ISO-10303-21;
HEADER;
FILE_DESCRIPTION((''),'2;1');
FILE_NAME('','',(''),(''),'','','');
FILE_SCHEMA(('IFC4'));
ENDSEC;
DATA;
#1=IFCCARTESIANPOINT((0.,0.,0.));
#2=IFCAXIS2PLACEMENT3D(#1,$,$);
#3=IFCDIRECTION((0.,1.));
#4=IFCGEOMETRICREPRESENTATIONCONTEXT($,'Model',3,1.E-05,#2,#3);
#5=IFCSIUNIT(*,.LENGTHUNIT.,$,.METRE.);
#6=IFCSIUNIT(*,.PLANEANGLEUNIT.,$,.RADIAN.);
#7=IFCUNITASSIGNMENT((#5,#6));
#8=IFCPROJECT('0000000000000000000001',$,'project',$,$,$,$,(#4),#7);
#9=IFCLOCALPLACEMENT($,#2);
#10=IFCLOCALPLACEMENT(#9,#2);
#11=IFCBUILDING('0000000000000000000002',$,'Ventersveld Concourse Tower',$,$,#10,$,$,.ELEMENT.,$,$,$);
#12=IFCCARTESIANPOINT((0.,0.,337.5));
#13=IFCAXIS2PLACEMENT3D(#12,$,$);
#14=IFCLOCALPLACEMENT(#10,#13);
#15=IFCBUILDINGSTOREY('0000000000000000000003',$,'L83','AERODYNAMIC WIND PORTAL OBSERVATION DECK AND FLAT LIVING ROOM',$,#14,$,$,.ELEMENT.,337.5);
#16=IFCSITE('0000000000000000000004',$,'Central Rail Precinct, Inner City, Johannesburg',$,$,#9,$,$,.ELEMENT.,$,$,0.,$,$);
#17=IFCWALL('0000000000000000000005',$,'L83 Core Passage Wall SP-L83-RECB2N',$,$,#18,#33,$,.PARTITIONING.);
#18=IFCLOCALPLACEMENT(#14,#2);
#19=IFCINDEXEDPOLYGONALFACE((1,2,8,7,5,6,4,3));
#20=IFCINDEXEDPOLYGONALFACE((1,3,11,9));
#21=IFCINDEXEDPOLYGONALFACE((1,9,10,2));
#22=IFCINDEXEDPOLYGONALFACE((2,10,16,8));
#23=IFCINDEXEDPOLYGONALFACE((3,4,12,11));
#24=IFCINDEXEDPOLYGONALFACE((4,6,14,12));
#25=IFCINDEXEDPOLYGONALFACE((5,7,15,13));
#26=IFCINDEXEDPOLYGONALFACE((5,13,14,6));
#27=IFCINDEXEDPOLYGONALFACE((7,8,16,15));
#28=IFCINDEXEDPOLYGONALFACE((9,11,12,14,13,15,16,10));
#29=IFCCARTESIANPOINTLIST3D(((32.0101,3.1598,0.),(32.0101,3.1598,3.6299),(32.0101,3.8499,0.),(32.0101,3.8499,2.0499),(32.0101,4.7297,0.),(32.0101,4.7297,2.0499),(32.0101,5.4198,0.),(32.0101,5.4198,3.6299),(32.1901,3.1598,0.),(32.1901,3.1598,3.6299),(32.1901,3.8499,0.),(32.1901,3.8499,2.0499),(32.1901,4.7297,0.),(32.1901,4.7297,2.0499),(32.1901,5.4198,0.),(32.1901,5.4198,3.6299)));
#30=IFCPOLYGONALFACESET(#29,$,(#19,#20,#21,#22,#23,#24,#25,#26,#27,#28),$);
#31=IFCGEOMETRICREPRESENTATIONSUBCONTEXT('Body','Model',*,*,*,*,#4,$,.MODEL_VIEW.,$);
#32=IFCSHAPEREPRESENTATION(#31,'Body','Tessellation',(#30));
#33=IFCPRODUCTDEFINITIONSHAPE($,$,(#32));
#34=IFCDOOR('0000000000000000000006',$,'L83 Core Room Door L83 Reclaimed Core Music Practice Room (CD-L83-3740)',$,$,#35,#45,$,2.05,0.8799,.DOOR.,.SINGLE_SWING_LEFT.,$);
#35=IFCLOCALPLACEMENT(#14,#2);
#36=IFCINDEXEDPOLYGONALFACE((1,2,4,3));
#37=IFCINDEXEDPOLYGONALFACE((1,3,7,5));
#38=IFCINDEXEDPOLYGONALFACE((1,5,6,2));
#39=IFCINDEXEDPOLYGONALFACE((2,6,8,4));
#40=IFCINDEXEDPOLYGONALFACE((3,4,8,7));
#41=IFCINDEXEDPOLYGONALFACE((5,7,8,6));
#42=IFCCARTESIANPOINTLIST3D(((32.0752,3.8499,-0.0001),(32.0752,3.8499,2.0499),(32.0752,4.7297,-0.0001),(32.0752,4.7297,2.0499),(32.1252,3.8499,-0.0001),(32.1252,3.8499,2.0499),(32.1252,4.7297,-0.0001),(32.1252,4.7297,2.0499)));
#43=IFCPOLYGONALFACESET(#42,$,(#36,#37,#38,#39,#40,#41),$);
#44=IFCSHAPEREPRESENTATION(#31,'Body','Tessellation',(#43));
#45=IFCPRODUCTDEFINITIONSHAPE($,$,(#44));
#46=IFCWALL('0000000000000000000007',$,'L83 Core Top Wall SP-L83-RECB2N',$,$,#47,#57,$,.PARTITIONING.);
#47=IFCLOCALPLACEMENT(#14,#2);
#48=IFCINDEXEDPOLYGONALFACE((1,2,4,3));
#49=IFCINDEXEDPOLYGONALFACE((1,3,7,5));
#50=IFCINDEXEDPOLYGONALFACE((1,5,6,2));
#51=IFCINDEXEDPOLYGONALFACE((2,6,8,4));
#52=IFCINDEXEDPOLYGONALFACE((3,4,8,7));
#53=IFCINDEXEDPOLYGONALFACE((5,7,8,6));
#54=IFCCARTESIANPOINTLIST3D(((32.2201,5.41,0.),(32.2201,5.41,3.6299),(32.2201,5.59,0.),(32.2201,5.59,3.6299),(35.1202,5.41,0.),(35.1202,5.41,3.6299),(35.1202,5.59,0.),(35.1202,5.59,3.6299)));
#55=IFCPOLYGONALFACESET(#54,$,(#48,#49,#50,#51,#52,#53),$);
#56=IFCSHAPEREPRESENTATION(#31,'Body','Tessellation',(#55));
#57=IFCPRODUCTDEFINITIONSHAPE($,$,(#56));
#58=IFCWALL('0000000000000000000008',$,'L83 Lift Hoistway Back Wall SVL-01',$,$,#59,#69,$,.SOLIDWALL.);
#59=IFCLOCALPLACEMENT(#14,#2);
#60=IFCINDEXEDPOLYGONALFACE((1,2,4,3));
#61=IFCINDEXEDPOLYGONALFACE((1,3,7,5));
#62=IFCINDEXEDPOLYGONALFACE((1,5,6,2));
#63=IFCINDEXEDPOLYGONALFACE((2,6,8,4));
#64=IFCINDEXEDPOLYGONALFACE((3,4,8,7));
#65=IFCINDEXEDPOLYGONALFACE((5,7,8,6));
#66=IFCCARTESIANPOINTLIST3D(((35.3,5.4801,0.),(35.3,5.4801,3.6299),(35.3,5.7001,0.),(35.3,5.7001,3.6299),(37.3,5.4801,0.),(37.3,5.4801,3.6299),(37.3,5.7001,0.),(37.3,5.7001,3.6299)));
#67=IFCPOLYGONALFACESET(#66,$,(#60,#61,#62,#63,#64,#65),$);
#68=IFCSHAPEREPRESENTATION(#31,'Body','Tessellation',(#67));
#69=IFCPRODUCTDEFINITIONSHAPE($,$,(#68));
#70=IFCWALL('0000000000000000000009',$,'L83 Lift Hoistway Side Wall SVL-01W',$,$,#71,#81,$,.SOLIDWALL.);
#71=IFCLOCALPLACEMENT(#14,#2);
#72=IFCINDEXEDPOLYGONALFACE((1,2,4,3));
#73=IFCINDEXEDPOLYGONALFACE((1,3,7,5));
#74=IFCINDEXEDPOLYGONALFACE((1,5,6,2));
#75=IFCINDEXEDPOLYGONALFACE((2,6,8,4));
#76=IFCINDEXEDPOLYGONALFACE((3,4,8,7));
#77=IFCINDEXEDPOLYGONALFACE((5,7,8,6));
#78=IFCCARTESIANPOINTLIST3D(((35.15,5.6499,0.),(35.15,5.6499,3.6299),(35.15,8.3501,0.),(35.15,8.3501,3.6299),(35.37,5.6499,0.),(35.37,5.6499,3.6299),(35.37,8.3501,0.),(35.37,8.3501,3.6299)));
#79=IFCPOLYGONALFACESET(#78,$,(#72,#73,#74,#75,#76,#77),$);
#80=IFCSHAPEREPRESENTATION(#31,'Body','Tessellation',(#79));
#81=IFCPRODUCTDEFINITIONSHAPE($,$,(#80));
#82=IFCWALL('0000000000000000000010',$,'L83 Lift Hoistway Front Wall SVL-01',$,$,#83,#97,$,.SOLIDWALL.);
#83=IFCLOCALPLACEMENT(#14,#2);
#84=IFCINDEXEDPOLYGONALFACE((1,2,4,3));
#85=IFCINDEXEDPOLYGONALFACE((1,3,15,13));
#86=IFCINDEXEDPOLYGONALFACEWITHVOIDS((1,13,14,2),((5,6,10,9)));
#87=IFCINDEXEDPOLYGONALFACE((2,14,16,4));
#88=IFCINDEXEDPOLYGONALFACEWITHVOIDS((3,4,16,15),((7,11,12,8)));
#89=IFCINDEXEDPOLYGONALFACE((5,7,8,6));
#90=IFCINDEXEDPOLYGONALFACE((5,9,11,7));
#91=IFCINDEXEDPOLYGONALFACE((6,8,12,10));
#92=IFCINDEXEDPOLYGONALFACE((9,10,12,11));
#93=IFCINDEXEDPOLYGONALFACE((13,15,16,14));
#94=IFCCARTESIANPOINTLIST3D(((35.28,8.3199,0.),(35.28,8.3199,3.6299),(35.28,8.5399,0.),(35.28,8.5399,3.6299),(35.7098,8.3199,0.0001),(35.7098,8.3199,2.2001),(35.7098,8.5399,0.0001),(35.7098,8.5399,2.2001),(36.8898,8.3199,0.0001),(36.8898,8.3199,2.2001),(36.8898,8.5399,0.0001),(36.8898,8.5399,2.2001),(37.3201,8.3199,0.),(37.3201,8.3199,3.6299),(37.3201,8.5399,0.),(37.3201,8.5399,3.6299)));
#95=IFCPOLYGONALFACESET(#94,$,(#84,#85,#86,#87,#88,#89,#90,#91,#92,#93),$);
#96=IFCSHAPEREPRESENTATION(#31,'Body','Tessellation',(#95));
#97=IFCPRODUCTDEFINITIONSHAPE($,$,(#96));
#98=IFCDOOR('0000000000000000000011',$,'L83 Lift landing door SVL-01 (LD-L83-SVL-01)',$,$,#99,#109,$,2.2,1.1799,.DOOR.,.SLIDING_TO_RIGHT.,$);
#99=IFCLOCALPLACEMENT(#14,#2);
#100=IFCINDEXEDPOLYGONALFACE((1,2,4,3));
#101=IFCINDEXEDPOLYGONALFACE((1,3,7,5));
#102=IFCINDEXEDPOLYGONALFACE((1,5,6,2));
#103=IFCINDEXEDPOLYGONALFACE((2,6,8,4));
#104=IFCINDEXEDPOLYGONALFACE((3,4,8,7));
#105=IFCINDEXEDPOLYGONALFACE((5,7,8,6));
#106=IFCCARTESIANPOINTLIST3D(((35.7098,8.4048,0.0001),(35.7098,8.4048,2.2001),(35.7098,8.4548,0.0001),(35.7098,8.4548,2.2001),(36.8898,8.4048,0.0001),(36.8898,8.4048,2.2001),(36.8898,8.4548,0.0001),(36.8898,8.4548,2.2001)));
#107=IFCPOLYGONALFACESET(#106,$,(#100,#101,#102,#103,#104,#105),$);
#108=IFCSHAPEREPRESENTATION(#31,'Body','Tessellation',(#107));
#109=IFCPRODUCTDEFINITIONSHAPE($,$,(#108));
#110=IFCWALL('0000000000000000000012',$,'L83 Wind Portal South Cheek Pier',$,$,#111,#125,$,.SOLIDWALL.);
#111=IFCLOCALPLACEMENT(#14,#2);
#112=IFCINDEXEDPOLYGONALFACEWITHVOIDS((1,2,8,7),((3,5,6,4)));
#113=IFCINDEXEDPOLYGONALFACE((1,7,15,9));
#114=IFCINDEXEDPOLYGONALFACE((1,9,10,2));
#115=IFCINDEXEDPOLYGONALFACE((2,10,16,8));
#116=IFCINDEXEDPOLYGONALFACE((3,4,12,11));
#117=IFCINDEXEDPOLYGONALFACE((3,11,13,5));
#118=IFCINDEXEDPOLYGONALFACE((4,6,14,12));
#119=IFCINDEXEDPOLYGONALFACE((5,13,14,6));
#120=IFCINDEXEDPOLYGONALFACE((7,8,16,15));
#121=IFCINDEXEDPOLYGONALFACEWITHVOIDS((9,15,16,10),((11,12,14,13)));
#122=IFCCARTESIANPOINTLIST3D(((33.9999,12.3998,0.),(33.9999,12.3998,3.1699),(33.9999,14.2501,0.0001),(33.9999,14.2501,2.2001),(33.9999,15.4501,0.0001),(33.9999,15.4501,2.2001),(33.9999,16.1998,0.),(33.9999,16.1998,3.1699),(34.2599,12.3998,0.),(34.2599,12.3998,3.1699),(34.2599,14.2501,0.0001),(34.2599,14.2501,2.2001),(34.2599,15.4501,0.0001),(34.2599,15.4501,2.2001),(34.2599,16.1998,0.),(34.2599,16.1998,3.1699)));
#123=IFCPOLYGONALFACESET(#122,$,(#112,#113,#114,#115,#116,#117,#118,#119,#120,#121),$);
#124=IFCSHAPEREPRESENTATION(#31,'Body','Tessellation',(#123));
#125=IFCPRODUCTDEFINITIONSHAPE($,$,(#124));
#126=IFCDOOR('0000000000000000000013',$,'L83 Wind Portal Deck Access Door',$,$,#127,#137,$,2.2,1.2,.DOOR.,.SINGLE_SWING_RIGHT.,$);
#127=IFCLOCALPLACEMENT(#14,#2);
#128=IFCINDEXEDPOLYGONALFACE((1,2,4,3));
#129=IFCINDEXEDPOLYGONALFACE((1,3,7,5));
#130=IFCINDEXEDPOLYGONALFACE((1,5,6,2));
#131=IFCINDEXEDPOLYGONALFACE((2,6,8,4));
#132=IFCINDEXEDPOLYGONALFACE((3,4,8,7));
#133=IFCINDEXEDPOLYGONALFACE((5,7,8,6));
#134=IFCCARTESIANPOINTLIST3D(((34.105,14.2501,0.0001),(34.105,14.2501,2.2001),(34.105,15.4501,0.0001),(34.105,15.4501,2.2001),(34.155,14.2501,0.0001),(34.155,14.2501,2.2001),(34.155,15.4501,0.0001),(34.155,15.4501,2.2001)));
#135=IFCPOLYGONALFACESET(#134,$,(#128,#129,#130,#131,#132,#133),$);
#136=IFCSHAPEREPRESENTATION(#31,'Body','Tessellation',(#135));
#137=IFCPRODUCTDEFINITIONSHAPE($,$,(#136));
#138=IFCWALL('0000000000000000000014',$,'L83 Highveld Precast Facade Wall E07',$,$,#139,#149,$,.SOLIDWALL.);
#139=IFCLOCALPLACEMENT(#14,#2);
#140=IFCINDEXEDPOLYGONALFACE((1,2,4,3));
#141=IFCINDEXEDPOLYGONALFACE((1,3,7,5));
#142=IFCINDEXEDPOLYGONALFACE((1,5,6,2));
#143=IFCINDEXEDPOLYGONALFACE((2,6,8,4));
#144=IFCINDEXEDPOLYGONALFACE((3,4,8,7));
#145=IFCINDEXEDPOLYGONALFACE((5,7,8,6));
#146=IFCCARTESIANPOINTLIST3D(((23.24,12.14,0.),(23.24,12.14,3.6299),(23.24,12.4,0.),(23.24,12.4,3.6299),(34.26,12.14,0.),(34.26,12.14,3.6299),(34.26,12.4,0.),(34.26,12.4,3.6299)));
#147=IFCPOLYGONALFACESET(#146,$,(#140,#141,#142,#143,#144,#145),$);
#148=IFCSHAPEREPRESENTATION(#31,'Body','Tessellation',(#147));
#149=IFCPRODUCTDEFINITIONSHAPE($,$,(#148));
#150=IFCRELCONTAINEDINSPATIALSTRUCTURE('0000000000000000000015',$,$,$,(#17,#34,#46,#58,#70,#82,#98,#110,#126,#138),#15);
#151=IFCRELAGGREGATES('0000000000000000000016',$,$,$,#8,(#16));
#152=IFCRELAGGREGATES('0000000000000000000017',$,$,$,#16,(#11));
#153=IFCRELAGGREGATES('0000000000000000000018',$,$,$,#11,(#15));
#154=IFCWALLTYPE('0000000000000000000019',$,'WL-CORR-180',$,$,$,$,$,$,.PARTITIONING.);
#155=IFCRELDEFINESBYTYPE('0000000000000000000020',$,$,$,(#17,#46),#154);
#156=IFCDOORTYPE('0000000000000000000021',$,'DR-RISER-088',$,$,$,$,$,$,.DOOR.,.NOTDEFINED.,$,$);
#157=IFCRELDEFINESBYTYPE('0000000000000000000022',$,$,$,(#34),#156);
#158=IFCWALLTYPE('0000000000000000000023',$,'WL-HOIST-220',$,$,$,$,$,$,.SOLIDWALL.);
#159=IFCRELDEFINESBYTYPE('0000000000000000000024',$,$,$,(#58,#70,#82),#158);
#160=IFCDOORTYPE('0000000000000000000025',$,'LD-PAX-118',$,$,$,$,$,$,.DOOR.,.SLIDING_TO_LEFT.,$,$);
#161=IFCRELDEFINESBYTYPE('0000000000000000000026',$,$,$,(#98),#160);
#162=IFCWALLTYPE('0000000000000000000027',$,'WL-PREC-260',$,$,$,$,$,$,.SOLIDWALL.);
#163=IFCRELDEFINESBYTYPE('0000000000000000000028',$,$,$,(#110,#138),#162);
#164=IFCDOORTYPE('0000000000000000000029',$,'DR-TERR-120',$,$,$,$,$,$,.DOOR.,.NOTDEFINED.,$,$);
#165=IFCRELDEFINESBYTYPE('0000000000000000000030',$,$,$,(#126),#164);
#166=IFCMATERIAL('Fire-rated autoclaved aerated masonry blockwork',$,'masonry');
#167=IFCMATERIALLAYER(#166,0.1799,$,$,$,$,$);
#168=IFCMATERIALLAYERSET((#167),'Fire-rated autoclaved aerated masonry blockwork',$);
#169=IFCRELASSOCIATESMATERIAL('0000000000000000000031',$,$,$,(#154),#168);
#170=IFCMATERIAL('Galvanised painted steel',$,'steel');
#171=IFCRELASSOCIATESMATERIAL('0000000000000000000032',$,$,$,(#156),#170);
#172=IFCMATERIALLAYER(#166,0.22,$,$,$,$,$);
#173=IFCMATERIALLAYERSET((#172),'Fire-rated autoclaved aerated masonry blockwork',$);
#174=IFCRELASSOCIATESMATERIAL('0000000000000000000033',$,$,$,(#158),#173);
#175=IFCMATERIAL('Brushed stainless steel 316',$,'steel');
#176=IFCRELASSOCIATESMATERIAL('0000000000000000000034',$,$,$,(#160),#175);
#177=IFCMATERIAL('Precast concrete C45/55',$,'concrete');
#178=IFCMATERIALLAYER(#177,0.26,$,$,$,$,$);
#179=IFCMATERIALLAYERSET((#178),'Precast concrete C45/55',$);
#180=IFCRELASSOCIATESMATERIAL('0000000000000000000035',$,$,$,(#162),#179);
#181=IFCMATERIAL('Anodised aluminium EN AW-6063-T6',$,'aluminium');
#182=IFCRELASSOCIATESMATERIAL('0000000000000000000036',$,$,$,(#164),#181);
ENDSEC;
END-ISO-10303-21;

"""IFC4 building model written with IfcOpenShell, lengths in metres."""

from ifc_helpers import new_model, si_unit, direction, frame, frame_2d, origin, place, context, subcontext, project, spatial, rectangle, extrude, material, layer, layer_set, type_object, element, fill, save


model = new_model("IFC4")

# Units and contexts
model_context = context("Model", 3, precision=1e-05, world=origin(), true_north=direction((0.0, 1.0)))
body_context = subcontext(model_context, "Body", "Model", "MODEL_VIEW")
ifc_project = project(units=[si_unit("LENGTHUNIT", "METRE"), si_unit("PLANEANGLEUNIT", "RADIAN")], contexts=[model_context])

# Site, building, storey
site_placement = place(None, origin())
site = spatial("IfcSite", under=ifc_project, at=site_placement, Name="Central Rail Precinct, Inner City, Johannesburg", CompositionType="ELEMENT", RefElevation=0.0)
building_placement = place(site_placement, origin())
building = spatial("IfcBuilding", under=site, at=building_placement, Name="Ventersveld Concourse Tower", CompositionType="ELEMENT")
storey_placement = place(building_placement, frame((0.0, 0.0, 337.5)))
storey = spatial("IfcBuildingStorey", under=building, at=storey_placement, Name="L83", Description="AERODYNAMIC WIND PORTAL OBSERVATION DECK AND FLAT LIVING ROOM", CompositionType="ELEMENT", Elevation=337.5)

# Shared definitions
ifc_material_1 = material(Name="Fire-rated autoclaved aerated masonry blockwork", Category="masonry")
ifc_layer_1 = layer(ifc_material_1, 0.1799)
ifc_layer_set_1 = layer_set([ifc_layer_1], Name="Fire-rated autoclaved aerated masonry blockwork")
wall_type_1 = type_object("IfcWallType", Name="WL-CORR-180", PredefinedType="PARTITIONING", material=ifc_layer_set_1)
ifc_material_2 = material(Name="Galvanised painted steel", Category="steel")
door_type_1 = type_object("IfcDoorType", Name="DR-RISER-088", OperationType="NOTDEFINED", PredefinedType="DOOR", material=ifc_material_2)

# Wall, opening, door
wall_1_placement = place(storey_placement, frame((32.1001, 3.1599, 0.0), z_axis=(0.0, 0.0, 1.0), x_axis=(0.0, 1.0, 0.0)))
wall_1 = element("IfcWall", 1, at=wall_1_placement, inside=storey, type_object=wall_type_1, Name="L83 Core Passage Wall SP-L83-RECB2N", PredefinedType="PARTITIONING", context=body_context, shape_type="SweptSolid", body=[
    extrude(rectangle(XDim=2.26, YDim=0.1799, at=frame_2d((1.1299, 0.0))), origin(), (0.0, 0.0, 1.0), 3.6299),
])
opening_1_placement = place(wall_1_placement, frame((0.6899, 0.0, 0.0)))
opening_1 = element("IfcOpeningElement", 2, at=opening_1_placement, cuts=wall_1, PredefinedType="OPENING", context=body_context, shape_type="SweptSolid", body=[
    extrude(rectangle(XDim=0.8799, YDim=2.05, at=frame_2d((0.4399, 1.0249))), frame((0.0, 0.1001, 0.0), z_axis=(0.0, -1.0, 0.0), x_axis=(1.0, 0.0, 0.0)), (0.0, 0.0, 1.0), 0.2),
])
door_1_placement = place(opening_1_placement, origin())
door_1 = element("IfcDoor", 3, at=door_1_placement, inside=storey, type_object=door_type_1, Name="L83 Core Room Door L83 Reclaimed Core Music Practice Room (CD-L83-3740)", OperationType="SINGLE_SWING_LEFT", OverallHeight=2.05, OverallWidth=0.8799, PredefinedType="DOOR", context=body_context, shape_type="SweptSolid", body=[
    extrude(rectangle(XDim=0.8799, YDim=2.05, at=frame_2d((0.4399, 1.0249))), frame((0.0, 0.0249, 0.0), z_axis=(0.0, -1.0, 0.0), x_axis=(1.0, 0.0, 0.0)), (0.0, 0.0, 1.0), 0.05),
])
fill(opening_1, door_1)

# Walls
wall_2_placement = place(storey_placement, frame((32.22, 5.5, 0.0), z_axis=(0.0, 0.0, 1.0), x_axis=(1.0, 0.0, 0.0)))
element("IfcWall", 4, at=wall_2_placement, inside=storey, type_object=wall_type_1, Name="L83 Core Top Wall SP-L83-RECB2N", PredefinedType="PARTITIONING", context=body_context, shape_type="SweptSolid", body=[
    extrude(rectangle(XDim=2.9001, YDim=0.1799, at=frame_2d((1.4502, 0.0))), origin(), (0.0, 0.0, 1.0), 3.6299),
])
ifc_layer_2 = layer(ifc_material_1, 0.22)
ifc_layer_set_2 = layer_set([ifc_layer_2], Name="Fire-rated autoclaved aerated masonry blockwork")
wall_type_2 = type_object("IfcWallType", Name="WL-HOIST-220", PredefinedType="SOLIDWALL", material=ifc_layer_set_2)
wall_3_placement = place(storey_placement, frame((35.3, 5.5901, 0.0), z_axis=(0.0, 0.0, 1.0), x_axis=(1.0, 0.0, 0.0)))
element("IfcWall", 5, at=wall_3_placement, inside=storey, type_object=wall_type_2, Name="L83 Lift Hoistway Back Wall SVL-01", PredefinedType="SOLIDWALL", context=body_context, shape_type="SweptSolid", body=[
    extrude(rectangle(XDim=2.0, YDim=0.22, at=frame_2d((1.0, 0.0))), origin(), (0.0, 0.0, 1.0), 3.6299),
])
wall_4_placement = place(storey_placement, frame((35.26, 5.6499, 0.0), z_axis=(0.0, 0.0, 1.0), x_axis=(0.0, 1.0, 0.0)))
element("IfcWall", 6, at=wall_4_placement, inside=storey, type_object=wall_type_2, Name="L83 Lift Hoistway Side Wall SVL-01W", PredefinedType="SOLIDWALL", context=body_context, shape_type="SweptSolid", body=[
    extrude(rectangle(XDim=2.7002, YDim=0.22, at=frame_2d((1.3501, 0.0))), origin(), (0.0, 0.0, 1.0), 3.6299),
])

# Walls, openings, doors
wall_5_placement = place(storey_placement, frame((35.28, 8.4299, 0.0), z_axis=(0.0, 0.0, 1.0), x_axis=(1.0, 0.0, 0.0)))
wall_5 = element("IfcWall", 7, at=wall_5_placement, inside=storey, type_object=wall_type_2, Name="L83 Lift Hoistway Front Wall SVL-01", PredefinedType="SOLIDWALL", context=body_context, shape_type="SweptSolid", body=[
    extrude(rectangle(XDim=2.04, YDim=0.22, at=frame_2d((1.02, 0.0))), origin(), (0.0, 0.0, 1.0), 3.6299),
])
opening_2_placement = place(wall_5_placement, frame((0.4299, 0.0, 0.0)))
opening_2 = element("IfcOpeningElement", 8, at=opening_2_placement, cuts=wall_5, PredefinedType="OPENING", context=body_context, shape_type="SweptSolid", body=[
    extrude(rectangle(XDim=1.1799, YDim=2.2, at=frame_2d((0.5898, 1.1001))), frame((0.0, 0.1201, 0.0), z_axis=(0.0, -1.0, 0.0), x_axis=(1.0, 0.0, 0.0)), (0.0, 0.0, 1.0), 0.24),
])
ifc_material_3 = material(Name="Brushed stainless steel 316", Category="steel")
door_type_2 = type_object("IfcDoorType", Name="LD-PAX-118", OperationType="SLIDING_TO_LEFT", PredefinedType="DOOR", material=ifc_material_3)
door_2_placement = place(opening_2_placement, origin())
door_2 = element("IfcDoor", 9, at=door_2_placement, inside=storey, type_object=door_type_2, Name="L83 Lift landing door SVL-01 (LD-L83-SVL-01)", OperationType="SLIDING_TO_RIGHT", OverallHeight=2.2, OverallWidth=1.1799, PredefinedType="DOOR", context=body_context, shape_type="SweptSolid", body=[
    extrude(rectangle(XDim=1.1799, YDim=2.2, at=frame_2d((0.5898, 1.1001))), frame((0.0, 0.0249, 0.0), z_axis=(0.0, -1.0, 0.0), x_axis=(1.0, 0.0, 0.0)), (0.0, 0.0, 1.0), 0.05),
])
fill(opening_2, door_2)
ifc_material_4 = material(Name="Precast concrete C45/55", Category="concrete")
ifc_layer_3 = layer(ifc_material_4, 0.26)
ifc_layer_set_3 = layer_set([ifc_layer_3], Name="Precast concrete C45/55")
wall_type_3 = type_object("IfcWallType", Name="WL-PREC-260", PredefinedType="SOLIDWALL", material=ifc_layer_set_3)
wall_6_placement = place(storey_placement, frame((34.1299, 12.3999, 0.0), z_axis=(0.0, 0.0, 1.0), x_axis=(0.0, 1.0, 0.0)))
wall_6 = element("IfcWall", 10, at=wall_6_placement, inside=storey, type_object=wall_type_3, Name="L83 Wind Portal South Cheek Pier", PredefinedType="SOLIDWALL", context=body_context, shape_type="SweptSolid", body=[
    extrude(rectangle(XDim=3.8, YDim=0.26, at=frame_2d((1.8999, 0.0))), origin(), (0.0, 0.0, 1.0), 3.1699),
])
opening_3_placement = place(wall_6_placement, frame((1.8501, 0.0, 0.0)))
opening_3 = element("IfcOpeningElement", 11, at=opening_3_placement, cuts=wall_6, PredefinedType="OPENING", context=body_context, shape_type="SweptSolid", body=[
    extrude(rectangle(XDim=1.2, YDim=2.2, at=frame_2d((0.6001, 1.1001))), frame((0.0, 0.1401, 0.0), z_axis=(0.0, -1.0, 0.0), x_axis=(1.0, 0.0, 0.0)), (0.0, 0.0, 1.0), 0.28),
])
ifc_material_5 = material(Name="Anodised aluminium EN AW-6063-T6", Category="aluminium")
door_type_3 = type_object("IfcDoorType", Name="DR-TERR-120", OperationType="NOTDEFINED", PredefinedType="DOOR", material=ifc_material_5)
door_3_placement = place(opening_3_placement, origin())
door_3 = element("IfcDoor", 12, at=door_3_placement, inside=storey, type_object=door_type_3, Name="L83 Wind Portal Deck Access Door", OperationType="SINGLE_SWING_RIGHT", OverallHeight=2.2, OverallWidth=1.2, PredefinedType="DOOR", context=body_context, shape_type="SweptSolid", body=[
    extrude(rectangle(XDim=1.2, YDim=2.2, at=frame_2d((0.6001, 1.1001))), frame((0.0, 0.0249, 0.0), z_axis=(0.0, -1.0, 0.0), x_axis=(1.0, 0.0, 0.0)), (0.0, 0.0, 1.0), 0.05),
])
fill(opening_3, door_3)

# Wall
wall_7_placement = place(storey_placement, frame((34.26, 12.27, 0.0), z_axis=(0.0, 0.0, 1.0), x_axis=(-1.0, 0.0, 0.0)))
element("IfcWall", 13, at=wall_7_placement, inside=storey, type_object=wall_type_3, Name="L83 Highveld Precast Facade Wall E07", PredefinedType="SOLIDWALL", context=body_context, shape_type="SweptSolid", body=[
    extrude(rectangle(XDim=11.02, YDim=0.26, at=frame_2d((5.51, 0.0))), origin(), (0.0, 0.0, 1.0), 3.6299),
])

save(model, "model.ifc")
